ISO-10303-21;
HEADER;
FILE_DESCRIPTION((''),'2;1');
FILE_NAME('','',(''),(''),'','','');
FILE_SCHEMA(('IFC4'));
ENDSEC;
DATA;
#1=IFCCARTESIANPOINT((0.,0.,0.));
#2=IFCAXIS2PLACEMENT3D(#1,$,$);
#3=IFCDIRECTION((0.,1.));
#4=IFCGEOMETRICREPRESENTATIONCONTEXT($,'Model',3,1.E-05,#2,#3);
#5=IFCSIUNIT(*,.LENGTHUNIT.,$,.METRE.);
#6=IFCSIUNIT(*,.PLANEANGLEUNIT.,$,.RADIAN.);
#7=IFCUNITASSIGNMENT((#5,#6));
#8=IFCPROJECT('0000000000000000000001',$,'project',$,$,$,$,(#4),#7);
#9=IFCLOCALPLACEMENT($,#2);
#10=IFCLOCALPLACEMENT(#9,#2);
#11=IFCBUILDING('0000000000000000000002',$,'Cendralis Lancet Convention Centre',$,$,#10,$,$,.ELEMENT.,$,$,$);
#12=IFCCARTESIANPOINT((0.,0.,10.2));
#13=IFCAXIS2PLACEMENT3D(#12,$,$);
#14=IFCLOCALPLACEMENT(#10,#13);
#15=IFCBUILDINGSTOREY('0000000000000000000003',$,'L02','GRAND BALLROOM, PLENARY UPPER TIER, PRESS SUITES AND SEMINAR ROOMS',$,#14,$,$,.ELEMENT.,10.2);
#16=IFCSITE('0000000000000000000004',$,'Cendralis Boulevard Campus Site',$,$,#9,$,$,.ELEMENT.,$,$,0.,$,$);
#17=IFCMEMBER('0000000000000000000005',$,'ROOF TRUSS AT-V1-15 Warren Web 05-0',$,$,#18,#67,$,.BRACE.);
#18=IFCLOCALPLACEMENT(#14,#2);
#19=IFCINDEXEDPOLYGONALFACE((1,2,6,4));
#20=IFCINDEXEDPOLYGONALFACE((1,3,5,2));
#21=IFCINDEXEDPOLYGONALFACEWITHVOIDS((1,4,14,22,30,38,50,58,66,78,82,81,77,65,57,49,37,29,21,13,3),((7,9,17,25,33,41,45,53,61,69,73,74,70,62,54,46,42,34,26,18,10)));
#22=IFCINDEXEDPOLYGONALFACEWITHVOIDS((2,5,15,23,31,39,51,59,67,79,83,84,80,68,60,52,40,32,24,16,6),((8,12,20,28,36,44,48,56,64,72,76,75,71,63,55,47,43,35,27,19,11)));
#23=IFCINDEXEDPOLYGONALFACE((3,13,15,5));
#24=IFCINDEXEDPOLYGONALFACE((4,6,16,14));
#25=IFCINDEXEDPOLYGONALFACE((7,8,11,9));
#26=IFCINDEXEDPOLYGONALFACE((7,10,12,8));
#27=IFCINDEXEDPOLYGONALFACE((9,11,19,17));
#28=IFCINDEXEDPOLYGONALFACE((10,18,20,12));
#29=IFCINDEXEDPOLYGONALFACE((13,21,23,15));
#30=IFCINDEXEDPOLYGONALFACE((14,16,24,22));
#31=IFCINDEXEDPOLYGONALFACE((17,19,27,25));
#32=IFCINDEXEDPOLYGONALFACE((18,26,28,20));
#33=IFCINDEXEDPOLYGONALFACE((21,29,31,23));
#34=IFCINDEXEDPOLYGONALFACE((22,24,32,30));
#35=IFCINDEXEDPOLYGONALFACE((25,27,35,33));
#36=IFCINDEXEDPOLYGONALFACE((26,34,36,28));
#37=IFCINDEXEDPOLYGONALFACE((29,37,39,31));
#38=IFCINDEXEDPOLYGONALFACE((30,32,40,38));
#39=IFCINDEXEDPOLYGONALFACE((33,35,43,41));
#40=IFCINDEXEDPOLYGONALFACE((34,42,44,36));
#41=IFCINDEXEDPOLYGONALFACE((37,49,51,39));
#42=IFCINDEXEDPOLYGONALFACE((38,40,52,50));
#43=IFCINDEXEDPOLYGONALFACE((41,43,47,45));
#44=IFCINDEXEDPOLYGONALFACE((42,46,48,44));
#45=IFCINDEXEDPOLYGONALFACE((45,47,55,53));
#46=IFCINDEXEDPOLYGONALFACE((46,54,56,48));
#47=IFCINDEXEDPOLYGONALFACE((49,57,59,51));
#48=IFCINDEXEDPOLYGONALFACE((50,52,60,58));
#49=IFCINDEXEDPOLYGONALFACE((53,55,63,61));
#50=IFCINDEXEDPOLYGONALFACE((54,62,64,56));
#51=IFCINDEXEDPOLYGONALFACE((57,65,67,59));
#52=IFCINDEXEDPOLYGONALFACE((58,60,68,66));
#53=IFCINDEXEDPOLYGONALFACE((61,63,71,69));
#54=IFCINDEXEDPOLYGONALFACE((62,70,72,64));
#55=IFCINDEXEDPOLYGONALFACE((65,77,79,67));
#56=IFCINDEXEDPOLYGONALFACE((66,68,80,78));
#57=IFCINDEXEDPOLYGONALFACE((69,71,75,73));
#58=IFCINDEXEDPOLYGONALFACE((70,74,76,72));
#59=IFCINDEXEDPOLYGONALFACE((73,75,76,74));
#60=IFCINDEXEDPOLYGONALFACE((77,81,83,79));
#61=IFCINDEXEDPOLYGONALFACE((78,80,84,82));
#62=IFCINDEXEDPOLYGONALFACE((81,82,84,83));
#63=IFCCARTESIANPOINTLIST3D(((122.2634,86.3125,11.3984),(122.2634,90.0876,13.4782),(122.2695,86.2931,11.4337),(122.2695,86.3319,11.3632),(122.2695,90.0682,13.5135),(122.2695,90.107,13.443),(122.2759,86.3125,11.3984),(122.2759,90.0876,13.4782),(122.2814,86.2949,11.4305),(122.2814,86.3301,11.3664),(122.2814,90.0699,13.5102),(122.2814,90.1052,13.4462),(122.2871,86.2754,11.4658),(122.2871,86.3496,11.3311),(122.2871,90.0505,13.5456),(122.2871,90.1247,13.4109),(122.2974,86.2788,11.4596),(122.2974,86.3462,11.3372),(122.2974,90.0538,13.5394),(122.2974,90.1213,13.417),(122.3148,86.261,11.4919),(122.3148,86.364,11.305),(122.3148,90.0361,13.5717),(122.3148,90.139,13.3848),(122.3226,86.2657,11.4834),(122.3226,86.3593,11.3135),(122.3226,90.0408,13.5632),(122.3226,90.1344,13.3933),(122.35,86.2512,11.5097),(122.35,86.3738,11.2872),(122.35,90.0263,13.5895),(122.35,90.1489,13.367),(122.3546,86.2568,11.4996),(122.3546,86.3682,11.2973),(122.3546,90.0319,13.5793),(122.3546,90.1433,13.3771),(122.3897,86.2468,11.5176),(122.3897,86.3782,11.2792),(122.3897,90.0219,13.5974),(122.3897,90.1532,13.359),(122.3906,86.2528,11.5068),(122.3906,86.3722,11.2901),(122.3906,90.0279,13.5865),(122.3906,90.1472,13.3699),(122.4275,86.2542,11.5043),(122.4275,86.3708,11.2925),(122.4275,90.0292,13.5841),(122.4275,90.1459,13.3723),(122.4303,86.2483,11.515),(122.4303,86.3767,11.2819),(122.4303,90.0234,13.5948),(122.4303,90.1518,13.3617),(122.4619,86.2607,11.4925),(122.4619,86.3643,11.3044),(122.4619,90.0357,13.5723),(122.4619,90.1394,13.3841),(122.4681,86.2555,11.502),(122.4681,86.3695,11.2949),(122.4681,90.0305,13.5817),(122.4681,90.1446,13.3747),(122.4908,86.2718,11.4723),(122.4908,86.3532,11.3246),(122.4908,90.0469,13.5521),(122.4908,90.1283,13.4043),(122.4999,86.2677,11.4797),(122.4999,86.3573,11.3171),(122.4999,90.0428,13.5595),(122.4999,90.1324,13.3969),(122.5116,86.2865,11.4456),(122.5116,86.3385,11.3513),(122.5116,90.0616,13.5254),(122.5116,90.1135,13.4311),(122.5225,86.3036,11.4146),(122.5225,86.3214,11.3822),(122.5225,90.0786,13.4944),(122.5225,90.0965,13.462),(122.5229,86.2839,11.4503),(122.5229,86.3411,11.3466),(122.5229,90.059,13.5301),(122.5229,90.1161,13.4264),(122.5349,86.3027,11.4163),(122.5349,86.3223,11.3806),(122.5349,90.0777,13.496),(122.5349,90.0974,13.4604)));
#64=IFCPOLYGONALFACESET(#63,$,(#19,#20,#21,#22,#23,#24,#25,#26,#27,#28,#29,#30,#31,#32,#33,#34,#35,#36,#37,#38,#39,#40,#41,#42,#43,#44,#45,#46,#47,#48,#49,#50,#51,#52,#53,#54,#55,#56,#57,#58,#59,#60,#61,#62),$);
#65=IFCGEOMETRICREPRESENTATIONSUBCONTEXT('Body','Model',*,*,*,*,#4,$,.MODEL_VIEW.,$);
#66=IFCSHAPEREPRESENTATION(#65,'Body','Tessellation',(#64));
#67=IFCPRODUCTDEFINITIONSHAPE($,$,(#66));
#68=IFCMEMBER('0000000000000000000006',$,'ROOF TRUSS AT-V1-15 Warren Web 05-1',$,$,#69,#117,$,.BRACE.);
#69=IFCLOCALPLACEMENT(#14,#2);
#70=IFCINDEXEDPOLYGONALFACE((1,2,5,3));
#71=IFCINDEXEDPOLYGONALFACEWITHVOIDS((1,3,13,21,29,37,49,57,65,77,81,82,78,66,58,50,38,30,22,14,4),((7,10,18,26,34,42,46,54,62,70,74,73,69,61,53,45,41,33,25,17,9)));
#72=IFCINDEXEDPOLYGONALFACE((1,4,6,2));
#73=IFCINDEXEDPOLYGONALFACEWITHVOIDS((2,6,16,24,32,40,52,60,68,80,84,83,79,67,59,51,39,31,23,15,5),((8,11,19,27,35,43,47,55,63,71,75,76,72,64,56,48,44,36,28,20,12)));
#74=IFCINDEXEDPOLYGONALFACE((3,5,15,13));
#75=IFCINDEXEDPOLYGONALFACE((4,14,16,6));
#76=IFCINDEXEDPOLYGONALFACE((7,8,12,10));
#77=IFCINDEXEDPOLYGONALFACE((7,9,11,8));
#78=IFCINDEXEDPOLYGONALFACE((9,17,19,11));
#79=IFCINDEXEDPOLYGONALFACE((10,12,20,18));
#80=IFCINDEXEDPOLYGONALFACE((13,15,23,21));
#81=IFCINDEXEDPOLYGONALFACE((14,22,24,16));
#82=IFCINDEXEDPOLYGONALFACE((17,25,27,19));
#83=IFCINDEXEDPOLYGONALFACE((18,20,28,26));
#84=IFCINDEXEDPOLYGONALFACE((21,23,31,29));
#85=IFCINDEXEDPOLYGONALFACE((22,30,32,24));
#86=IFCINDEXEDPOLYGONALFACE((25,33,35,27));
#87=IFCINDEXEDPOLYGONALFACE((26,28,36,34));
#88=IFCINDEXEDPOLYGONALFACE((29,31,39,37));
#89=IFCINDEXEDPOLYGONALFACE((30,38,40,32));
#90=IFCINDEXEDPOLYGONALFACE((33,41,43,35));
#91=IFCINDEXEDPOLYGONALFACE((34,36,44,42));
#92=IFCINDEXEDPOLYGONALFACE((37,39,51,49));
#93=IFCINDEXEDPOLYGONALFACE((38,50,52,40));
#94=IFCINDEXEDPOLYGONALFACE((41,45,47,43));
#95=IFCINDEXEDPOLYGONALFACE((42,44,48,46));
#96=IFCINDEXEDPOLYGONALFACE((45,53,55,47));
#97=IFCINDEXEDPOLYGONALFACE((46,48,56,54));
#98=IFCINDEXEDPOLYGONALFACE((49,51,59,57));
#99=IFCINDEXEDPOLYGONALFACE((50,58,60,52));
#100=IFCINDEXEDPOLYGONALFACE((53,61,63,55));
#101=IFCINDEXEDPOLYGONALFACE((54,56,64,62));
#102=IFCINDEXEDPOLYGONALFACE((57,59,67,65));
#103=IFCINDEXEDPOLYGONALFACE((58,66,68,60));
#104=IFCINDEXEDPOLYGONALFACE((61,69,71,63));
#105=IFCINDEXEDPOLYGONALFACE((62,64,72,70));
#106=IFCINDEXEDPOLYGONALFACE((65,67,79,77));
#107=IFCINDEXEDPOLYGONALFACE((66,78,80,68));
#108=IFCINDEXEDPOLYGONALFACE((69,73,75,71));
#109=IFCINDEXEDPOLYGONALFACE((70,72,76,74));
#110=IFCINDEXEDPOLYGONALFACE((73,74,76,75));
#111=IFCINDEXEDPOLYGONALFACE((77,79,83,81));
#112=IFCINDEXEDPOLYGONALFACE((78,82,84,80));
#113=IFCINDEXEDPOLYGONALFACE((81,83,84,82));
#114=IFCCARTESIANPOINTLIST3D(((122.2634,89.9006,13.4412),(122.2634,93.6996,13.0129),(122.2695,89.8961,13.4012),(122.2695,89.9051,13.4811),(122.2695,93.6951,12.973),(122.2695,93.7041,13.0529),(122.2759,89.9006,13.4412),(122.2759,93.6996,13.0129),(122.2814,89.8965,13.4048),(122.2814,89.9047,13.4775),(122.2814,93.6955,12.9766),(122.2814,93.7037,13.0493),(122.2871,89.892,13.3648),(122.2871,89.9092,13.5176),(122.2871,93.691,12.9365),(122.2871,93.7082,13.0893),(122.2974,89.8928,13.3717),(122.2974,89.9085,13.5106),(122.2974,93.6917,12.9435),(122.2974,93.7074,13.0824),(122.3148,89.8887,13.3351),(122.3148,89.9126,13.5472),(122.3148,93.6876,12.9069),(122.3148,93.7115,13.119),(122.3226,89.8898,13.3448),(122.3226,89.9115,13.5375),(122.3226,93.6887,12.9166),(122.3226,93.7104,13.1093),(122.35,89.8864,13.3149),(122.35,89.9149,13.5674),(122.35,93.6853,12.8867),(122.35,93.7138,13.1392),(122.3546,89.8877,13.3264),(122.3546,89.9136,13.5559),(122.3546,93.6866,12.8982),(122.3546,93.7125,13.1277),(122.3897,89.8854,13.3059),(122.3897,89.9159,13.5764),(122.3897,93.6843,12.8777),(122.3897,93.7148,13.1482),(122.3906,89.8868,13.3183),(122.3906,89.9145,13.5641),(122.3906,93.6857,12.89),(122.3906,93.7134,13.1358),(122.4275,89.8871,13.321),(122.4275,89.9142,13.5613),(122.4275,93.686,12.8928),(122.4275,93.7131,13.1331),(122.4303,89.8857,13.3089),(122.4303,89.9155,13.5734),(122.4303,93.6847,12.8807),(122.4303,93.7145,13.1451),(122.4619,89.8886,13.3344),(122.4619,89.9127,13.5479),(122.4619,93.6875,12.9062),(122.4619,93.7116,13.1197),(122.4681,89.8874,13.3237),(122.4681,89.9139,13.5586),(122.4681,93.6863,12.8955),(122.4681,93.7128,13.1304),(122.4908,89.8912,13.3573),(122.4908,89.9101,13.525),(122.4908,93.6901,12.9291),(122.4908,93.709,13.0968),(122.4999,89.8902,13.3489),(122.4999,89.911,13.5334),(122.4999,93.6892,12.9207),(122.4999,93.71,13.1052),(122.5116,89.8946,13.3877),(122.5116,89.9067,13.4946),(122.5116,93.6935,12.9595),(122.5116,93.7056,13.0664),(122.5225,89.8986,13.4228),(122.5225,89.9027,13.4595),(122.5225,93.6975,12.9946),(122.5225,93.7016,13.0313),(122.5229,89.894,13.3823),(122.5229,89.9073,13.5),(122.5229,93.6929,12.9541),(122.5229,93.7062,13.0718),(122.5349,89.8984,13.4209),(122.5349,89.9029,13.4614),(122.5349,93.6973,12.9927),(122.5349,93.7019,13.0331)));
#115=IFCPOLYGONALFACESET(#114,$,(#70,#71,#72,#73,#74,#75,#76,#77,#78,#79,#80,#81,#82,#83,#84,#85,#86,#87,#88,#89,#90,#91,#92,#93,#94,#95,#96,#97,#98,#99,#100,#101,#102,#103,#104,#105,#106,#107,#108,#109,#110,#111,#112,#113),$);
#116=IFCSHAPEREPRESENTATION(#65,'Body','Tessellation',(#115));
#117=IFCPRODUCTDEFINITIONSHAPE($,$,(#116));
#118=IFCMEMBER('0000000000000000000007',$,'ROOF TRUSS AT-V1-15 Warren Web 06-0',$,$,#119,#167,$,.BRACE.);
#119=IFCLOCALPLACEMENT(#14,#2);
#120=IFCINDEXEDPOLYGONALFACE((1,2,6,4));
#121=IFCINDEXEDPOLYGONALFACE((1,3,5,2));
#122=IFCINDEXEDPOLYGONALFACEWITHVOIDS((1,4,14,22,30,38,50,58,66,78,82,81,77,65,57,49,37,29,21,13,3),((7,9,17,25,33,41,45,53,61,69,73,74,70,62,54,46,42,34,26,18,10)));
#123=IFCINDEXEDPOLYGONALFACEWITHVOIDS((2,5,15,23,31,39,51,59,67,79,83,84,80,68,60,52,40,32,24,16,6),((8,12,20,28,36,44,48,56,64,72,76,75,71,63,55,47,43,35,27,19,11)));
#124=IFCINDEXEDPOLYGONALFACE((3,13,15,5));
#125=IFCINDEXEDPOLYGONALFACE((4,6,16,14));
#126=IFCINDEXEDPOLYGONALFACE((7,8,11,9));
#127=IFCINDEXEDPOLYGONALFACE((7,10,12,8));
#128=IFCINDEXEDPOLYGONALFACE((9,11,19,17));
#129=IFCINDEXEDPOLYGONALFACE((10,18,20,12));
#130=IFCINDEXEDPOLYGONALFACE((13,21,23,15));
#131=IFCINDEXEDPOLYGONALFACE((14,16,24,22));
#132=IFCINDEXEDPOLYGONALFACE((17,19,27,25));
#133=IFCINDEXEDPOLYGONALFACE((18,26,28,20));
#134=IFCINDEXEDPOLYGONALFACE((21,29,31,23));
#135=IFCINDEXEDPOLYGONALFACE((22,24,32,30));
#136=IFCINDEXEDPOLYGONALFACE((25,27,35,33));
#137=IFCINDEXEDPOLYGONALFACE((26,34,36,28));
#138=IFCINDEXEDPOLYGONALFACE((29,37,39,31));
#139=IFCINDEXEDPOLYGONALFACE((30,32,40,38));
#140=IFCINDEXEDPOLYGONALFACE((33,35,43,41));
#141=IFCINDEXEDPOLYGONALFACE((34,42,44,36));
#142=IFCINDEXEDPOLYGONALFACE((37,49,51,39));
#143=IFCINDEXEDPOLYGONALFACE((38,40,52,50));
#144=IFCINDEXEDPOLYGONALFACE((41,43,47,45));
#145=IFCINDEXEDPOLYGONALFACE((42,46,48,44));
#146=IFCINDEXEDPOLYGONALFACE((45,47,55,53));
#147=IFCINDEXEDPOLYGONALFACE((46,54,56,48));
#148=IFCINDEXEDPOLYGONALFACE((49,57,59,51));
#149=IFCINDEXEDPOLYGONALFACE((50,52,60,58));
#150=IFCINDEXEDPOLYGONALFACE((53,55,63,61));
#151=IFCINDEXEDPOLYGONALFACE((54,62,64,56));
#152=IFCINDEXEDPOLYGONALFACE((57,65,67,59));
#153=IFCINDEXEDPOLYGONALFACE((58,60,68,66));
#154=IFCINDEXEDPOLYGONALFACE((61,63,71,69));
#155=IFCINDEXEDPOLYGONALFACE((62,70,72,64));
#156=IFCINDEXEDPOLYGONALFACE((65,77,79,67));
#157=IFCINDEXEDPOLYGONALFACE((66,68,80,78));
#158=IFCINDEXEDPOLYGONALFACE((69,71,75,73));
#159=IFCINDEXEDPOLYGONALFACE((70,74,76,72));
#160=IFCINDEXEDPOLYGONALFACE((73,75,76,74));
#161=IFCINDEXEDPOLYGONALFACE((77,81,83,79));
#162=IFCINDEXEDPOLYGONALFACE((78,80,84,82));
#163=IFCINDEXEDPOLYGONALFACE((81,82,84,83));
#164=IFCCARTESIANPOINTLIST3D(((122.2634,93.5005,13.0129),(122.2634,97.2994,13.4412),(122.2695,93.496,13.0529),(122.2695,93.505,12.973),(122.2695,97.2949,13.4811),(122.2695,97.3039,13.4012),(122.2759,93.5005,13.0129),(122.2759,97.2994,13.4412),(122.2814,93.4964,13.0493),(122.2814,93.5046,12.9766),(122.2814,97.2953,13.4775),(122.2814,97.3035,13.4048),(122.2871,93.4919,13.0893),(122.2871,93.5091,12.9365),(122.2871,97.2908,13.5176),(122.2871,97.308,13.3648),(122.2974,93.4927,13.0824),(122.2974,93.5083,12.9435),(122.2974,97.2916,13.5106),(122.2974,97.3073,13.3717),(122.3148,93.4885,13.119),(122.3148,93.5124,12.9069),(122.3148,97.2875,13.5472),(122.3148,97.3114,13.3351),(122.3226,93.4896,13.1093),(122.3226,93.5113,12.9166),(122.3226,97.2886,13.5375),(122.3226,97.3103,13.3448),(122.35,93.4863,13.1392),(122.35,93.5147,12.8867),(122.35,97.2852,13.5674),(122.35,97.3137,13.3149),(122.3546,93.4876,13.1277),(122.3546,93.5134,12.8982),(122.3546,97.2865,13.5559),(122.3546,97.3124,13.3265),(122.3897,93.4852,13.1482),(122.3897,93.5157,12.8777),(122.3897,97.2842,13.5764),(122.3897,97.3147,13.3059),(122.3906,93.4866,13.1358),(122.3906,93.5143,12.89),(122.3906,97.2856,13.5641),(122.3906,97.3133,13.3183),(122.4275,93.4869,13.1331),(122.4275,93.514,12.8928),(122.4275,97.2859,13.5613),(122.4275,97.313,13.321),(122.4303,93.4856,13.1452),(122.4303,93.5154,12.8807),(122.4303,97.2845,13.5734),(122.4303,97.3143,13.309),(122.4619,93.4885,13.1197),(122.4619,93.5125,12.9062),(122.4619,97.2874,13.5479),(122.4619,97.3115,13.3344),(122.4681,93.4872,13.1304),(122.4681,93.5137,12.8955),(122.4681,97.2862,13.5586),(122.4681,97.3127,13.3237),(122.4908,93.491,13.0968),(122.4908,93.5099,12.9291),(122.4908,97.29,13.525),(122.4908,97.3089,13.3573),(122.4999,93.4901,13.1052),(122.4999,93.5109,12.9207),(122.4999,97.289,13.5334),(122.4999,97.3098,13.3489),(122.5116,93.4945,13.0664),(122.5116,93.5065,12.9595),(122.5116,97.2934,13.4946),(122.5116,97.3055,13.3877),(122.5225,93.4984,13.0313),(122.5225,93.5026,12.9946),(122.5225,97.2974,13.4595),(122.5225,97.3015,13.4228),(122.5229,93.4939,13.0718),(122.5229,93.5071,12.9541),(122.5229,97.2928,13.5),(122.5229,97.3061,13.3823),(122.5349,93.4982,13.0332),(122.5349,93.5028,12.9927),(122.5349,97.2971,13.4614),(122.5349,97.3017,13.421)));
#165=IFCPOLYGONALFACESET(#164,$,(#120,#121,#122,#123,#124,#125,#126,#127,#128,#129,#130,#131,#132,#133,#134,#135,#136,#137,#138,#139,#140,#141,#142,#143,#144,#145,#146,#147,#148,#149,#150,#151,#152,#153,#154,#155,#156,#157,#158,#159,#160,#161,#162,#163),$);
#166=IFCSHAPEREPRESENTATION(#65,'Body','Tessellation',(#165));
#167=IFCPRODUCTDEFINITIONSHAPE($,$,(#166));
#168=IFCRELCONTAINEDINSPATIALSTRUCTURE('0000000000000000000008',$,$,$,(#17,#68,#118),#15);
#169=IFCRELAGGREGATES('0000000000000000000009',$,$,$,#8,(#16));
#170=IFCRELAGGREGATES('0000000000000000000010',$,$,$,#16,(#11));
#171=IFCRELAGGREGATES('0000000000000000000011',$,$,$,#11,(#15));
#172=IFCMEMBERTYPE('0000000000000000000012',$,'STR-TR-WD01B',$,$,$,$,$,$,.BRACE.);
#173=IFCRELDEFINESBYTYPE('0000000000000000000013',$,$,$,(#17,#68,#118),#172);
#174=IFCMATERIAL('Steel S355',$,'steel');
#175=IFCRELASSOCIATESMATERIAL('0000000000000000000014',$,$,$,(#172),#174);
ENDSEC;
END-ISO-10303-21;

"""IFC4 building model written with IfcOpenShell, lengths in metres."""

from ifc_helpers import new_model, si_unit, direction, frame, origin, origin_2d, place, context, subcontext, project, spatial, hollow_circle, extrude, material, material_profile, profile_set, type_object, element, save


model = new_model("IFC4")

# Units and contexts
model_context = context("Model", 3, precision=1e-05, world=origin(), true_north=direction((0.0, 1.0)))
body_context = subcontext(model_context, "Body", "Model", "MODEL_VIEW")
ifc_project = project(units=[si_unit("LENGTHUNIT", "METRE"), si_unit("PLANEANGLEUNIT", "RADIAN")], contexts=[model_context])

# Site, building, storey
site_placement = place(None, origin())
site = spatial("IfcSite", under=ifc_project, at=site_placement, Name="Cendralis Boulevard Campus Site", CompositionType="ELEMENT", RefElevation=0.0)
building_placement = place(site_placement, origin())
building = spatial("IfcBuilding", under=site, at=building_placement, Name="Cendralis Lancet Convention Centre", CompositionType="ELEMENT")
storey_placement = place(building_placement, frame((0.0, 0.0, 10.2)))
storey = spatial("IfcBuildingStorey", under=building, at=storey_placement, Name="L02", Description="GRAND BALLROOM, PLENARY UPPER TIER, PRESS SUITES AND SEMINAR ROOMS", CompositionType="ELEMENT", Elevation=10.2)

# Shared definitions
ifc_material = material(Name="Steel S355", Category="steel")

# Members
ifc_material_profile_1 = material_profile(ifc_material, hollow_circle(Radius=0.1365, WallThickness=0.0125, at=origin_2d()), Name="CHS 273.0x12.5")
ifc_profile_set_1 = profile_set([ifc_material_profile_1], Name="Steel S355")
member_type_1 = type_object("IfcMemberType", Name="STR-TR-WD01B", PredefinedType="BRACE", material=ifc_profile_set_1)
member_1_placement = place(storey_placement, frame((122.3999, 86.3125, 11.3984), z_axis=(0.0, 0.875872, 0.482543), x_axis=(-1.0, 0.0, 0.0)))
element("IfcMember", 1, at=member_1_placement, inside=storey, type_object=member_type_1, Name="ROOF TRUSS AT-V1-15 Warren Web 05-0", PredefinedType="BRACE", context=body_context, shape_type="SweptSolid", body=[
    extrude(hollow_circle(Radius=0.1365, WallThickness=0.0125, at=origin_2d()), origin(), (0.0, 0.0, 1.0), 4.3101),
])
for number, where, z_axis, x_axis, name in (
    (2, (122.3999, 89.9006, 13.4412), (0.0, 0.993706, -0.112015), (-1.0, 0.0, 0.0), "ROOF TRUSS AT-V1-15 Warren Web 05-1"),
    (3, (122.3999, 93.5005, 13.0129), (0.0, 0.993706, 0.112015), (-1.0, 0.0, 0.0), "ROOF TRUSS AT-V1-15 Warren Web 06-0"),
):
    element("IfcMember", number, at=place(storey_placement, frame(where, z_axis=z_axis, x_axis=x_axis)), inside=storey, type_object=member_type_1, Name=name, PredefinedType="BRACE", context=body_context, shape_type="SweptSolid", body=[
        extrude(hollow_circle(Radius=0.1365, WallThickness=0.0125, at=origin_2d()), origin(), (0.0, 0.0, 1.0), 3.823),
    ])

save(model, "model.ifc")
